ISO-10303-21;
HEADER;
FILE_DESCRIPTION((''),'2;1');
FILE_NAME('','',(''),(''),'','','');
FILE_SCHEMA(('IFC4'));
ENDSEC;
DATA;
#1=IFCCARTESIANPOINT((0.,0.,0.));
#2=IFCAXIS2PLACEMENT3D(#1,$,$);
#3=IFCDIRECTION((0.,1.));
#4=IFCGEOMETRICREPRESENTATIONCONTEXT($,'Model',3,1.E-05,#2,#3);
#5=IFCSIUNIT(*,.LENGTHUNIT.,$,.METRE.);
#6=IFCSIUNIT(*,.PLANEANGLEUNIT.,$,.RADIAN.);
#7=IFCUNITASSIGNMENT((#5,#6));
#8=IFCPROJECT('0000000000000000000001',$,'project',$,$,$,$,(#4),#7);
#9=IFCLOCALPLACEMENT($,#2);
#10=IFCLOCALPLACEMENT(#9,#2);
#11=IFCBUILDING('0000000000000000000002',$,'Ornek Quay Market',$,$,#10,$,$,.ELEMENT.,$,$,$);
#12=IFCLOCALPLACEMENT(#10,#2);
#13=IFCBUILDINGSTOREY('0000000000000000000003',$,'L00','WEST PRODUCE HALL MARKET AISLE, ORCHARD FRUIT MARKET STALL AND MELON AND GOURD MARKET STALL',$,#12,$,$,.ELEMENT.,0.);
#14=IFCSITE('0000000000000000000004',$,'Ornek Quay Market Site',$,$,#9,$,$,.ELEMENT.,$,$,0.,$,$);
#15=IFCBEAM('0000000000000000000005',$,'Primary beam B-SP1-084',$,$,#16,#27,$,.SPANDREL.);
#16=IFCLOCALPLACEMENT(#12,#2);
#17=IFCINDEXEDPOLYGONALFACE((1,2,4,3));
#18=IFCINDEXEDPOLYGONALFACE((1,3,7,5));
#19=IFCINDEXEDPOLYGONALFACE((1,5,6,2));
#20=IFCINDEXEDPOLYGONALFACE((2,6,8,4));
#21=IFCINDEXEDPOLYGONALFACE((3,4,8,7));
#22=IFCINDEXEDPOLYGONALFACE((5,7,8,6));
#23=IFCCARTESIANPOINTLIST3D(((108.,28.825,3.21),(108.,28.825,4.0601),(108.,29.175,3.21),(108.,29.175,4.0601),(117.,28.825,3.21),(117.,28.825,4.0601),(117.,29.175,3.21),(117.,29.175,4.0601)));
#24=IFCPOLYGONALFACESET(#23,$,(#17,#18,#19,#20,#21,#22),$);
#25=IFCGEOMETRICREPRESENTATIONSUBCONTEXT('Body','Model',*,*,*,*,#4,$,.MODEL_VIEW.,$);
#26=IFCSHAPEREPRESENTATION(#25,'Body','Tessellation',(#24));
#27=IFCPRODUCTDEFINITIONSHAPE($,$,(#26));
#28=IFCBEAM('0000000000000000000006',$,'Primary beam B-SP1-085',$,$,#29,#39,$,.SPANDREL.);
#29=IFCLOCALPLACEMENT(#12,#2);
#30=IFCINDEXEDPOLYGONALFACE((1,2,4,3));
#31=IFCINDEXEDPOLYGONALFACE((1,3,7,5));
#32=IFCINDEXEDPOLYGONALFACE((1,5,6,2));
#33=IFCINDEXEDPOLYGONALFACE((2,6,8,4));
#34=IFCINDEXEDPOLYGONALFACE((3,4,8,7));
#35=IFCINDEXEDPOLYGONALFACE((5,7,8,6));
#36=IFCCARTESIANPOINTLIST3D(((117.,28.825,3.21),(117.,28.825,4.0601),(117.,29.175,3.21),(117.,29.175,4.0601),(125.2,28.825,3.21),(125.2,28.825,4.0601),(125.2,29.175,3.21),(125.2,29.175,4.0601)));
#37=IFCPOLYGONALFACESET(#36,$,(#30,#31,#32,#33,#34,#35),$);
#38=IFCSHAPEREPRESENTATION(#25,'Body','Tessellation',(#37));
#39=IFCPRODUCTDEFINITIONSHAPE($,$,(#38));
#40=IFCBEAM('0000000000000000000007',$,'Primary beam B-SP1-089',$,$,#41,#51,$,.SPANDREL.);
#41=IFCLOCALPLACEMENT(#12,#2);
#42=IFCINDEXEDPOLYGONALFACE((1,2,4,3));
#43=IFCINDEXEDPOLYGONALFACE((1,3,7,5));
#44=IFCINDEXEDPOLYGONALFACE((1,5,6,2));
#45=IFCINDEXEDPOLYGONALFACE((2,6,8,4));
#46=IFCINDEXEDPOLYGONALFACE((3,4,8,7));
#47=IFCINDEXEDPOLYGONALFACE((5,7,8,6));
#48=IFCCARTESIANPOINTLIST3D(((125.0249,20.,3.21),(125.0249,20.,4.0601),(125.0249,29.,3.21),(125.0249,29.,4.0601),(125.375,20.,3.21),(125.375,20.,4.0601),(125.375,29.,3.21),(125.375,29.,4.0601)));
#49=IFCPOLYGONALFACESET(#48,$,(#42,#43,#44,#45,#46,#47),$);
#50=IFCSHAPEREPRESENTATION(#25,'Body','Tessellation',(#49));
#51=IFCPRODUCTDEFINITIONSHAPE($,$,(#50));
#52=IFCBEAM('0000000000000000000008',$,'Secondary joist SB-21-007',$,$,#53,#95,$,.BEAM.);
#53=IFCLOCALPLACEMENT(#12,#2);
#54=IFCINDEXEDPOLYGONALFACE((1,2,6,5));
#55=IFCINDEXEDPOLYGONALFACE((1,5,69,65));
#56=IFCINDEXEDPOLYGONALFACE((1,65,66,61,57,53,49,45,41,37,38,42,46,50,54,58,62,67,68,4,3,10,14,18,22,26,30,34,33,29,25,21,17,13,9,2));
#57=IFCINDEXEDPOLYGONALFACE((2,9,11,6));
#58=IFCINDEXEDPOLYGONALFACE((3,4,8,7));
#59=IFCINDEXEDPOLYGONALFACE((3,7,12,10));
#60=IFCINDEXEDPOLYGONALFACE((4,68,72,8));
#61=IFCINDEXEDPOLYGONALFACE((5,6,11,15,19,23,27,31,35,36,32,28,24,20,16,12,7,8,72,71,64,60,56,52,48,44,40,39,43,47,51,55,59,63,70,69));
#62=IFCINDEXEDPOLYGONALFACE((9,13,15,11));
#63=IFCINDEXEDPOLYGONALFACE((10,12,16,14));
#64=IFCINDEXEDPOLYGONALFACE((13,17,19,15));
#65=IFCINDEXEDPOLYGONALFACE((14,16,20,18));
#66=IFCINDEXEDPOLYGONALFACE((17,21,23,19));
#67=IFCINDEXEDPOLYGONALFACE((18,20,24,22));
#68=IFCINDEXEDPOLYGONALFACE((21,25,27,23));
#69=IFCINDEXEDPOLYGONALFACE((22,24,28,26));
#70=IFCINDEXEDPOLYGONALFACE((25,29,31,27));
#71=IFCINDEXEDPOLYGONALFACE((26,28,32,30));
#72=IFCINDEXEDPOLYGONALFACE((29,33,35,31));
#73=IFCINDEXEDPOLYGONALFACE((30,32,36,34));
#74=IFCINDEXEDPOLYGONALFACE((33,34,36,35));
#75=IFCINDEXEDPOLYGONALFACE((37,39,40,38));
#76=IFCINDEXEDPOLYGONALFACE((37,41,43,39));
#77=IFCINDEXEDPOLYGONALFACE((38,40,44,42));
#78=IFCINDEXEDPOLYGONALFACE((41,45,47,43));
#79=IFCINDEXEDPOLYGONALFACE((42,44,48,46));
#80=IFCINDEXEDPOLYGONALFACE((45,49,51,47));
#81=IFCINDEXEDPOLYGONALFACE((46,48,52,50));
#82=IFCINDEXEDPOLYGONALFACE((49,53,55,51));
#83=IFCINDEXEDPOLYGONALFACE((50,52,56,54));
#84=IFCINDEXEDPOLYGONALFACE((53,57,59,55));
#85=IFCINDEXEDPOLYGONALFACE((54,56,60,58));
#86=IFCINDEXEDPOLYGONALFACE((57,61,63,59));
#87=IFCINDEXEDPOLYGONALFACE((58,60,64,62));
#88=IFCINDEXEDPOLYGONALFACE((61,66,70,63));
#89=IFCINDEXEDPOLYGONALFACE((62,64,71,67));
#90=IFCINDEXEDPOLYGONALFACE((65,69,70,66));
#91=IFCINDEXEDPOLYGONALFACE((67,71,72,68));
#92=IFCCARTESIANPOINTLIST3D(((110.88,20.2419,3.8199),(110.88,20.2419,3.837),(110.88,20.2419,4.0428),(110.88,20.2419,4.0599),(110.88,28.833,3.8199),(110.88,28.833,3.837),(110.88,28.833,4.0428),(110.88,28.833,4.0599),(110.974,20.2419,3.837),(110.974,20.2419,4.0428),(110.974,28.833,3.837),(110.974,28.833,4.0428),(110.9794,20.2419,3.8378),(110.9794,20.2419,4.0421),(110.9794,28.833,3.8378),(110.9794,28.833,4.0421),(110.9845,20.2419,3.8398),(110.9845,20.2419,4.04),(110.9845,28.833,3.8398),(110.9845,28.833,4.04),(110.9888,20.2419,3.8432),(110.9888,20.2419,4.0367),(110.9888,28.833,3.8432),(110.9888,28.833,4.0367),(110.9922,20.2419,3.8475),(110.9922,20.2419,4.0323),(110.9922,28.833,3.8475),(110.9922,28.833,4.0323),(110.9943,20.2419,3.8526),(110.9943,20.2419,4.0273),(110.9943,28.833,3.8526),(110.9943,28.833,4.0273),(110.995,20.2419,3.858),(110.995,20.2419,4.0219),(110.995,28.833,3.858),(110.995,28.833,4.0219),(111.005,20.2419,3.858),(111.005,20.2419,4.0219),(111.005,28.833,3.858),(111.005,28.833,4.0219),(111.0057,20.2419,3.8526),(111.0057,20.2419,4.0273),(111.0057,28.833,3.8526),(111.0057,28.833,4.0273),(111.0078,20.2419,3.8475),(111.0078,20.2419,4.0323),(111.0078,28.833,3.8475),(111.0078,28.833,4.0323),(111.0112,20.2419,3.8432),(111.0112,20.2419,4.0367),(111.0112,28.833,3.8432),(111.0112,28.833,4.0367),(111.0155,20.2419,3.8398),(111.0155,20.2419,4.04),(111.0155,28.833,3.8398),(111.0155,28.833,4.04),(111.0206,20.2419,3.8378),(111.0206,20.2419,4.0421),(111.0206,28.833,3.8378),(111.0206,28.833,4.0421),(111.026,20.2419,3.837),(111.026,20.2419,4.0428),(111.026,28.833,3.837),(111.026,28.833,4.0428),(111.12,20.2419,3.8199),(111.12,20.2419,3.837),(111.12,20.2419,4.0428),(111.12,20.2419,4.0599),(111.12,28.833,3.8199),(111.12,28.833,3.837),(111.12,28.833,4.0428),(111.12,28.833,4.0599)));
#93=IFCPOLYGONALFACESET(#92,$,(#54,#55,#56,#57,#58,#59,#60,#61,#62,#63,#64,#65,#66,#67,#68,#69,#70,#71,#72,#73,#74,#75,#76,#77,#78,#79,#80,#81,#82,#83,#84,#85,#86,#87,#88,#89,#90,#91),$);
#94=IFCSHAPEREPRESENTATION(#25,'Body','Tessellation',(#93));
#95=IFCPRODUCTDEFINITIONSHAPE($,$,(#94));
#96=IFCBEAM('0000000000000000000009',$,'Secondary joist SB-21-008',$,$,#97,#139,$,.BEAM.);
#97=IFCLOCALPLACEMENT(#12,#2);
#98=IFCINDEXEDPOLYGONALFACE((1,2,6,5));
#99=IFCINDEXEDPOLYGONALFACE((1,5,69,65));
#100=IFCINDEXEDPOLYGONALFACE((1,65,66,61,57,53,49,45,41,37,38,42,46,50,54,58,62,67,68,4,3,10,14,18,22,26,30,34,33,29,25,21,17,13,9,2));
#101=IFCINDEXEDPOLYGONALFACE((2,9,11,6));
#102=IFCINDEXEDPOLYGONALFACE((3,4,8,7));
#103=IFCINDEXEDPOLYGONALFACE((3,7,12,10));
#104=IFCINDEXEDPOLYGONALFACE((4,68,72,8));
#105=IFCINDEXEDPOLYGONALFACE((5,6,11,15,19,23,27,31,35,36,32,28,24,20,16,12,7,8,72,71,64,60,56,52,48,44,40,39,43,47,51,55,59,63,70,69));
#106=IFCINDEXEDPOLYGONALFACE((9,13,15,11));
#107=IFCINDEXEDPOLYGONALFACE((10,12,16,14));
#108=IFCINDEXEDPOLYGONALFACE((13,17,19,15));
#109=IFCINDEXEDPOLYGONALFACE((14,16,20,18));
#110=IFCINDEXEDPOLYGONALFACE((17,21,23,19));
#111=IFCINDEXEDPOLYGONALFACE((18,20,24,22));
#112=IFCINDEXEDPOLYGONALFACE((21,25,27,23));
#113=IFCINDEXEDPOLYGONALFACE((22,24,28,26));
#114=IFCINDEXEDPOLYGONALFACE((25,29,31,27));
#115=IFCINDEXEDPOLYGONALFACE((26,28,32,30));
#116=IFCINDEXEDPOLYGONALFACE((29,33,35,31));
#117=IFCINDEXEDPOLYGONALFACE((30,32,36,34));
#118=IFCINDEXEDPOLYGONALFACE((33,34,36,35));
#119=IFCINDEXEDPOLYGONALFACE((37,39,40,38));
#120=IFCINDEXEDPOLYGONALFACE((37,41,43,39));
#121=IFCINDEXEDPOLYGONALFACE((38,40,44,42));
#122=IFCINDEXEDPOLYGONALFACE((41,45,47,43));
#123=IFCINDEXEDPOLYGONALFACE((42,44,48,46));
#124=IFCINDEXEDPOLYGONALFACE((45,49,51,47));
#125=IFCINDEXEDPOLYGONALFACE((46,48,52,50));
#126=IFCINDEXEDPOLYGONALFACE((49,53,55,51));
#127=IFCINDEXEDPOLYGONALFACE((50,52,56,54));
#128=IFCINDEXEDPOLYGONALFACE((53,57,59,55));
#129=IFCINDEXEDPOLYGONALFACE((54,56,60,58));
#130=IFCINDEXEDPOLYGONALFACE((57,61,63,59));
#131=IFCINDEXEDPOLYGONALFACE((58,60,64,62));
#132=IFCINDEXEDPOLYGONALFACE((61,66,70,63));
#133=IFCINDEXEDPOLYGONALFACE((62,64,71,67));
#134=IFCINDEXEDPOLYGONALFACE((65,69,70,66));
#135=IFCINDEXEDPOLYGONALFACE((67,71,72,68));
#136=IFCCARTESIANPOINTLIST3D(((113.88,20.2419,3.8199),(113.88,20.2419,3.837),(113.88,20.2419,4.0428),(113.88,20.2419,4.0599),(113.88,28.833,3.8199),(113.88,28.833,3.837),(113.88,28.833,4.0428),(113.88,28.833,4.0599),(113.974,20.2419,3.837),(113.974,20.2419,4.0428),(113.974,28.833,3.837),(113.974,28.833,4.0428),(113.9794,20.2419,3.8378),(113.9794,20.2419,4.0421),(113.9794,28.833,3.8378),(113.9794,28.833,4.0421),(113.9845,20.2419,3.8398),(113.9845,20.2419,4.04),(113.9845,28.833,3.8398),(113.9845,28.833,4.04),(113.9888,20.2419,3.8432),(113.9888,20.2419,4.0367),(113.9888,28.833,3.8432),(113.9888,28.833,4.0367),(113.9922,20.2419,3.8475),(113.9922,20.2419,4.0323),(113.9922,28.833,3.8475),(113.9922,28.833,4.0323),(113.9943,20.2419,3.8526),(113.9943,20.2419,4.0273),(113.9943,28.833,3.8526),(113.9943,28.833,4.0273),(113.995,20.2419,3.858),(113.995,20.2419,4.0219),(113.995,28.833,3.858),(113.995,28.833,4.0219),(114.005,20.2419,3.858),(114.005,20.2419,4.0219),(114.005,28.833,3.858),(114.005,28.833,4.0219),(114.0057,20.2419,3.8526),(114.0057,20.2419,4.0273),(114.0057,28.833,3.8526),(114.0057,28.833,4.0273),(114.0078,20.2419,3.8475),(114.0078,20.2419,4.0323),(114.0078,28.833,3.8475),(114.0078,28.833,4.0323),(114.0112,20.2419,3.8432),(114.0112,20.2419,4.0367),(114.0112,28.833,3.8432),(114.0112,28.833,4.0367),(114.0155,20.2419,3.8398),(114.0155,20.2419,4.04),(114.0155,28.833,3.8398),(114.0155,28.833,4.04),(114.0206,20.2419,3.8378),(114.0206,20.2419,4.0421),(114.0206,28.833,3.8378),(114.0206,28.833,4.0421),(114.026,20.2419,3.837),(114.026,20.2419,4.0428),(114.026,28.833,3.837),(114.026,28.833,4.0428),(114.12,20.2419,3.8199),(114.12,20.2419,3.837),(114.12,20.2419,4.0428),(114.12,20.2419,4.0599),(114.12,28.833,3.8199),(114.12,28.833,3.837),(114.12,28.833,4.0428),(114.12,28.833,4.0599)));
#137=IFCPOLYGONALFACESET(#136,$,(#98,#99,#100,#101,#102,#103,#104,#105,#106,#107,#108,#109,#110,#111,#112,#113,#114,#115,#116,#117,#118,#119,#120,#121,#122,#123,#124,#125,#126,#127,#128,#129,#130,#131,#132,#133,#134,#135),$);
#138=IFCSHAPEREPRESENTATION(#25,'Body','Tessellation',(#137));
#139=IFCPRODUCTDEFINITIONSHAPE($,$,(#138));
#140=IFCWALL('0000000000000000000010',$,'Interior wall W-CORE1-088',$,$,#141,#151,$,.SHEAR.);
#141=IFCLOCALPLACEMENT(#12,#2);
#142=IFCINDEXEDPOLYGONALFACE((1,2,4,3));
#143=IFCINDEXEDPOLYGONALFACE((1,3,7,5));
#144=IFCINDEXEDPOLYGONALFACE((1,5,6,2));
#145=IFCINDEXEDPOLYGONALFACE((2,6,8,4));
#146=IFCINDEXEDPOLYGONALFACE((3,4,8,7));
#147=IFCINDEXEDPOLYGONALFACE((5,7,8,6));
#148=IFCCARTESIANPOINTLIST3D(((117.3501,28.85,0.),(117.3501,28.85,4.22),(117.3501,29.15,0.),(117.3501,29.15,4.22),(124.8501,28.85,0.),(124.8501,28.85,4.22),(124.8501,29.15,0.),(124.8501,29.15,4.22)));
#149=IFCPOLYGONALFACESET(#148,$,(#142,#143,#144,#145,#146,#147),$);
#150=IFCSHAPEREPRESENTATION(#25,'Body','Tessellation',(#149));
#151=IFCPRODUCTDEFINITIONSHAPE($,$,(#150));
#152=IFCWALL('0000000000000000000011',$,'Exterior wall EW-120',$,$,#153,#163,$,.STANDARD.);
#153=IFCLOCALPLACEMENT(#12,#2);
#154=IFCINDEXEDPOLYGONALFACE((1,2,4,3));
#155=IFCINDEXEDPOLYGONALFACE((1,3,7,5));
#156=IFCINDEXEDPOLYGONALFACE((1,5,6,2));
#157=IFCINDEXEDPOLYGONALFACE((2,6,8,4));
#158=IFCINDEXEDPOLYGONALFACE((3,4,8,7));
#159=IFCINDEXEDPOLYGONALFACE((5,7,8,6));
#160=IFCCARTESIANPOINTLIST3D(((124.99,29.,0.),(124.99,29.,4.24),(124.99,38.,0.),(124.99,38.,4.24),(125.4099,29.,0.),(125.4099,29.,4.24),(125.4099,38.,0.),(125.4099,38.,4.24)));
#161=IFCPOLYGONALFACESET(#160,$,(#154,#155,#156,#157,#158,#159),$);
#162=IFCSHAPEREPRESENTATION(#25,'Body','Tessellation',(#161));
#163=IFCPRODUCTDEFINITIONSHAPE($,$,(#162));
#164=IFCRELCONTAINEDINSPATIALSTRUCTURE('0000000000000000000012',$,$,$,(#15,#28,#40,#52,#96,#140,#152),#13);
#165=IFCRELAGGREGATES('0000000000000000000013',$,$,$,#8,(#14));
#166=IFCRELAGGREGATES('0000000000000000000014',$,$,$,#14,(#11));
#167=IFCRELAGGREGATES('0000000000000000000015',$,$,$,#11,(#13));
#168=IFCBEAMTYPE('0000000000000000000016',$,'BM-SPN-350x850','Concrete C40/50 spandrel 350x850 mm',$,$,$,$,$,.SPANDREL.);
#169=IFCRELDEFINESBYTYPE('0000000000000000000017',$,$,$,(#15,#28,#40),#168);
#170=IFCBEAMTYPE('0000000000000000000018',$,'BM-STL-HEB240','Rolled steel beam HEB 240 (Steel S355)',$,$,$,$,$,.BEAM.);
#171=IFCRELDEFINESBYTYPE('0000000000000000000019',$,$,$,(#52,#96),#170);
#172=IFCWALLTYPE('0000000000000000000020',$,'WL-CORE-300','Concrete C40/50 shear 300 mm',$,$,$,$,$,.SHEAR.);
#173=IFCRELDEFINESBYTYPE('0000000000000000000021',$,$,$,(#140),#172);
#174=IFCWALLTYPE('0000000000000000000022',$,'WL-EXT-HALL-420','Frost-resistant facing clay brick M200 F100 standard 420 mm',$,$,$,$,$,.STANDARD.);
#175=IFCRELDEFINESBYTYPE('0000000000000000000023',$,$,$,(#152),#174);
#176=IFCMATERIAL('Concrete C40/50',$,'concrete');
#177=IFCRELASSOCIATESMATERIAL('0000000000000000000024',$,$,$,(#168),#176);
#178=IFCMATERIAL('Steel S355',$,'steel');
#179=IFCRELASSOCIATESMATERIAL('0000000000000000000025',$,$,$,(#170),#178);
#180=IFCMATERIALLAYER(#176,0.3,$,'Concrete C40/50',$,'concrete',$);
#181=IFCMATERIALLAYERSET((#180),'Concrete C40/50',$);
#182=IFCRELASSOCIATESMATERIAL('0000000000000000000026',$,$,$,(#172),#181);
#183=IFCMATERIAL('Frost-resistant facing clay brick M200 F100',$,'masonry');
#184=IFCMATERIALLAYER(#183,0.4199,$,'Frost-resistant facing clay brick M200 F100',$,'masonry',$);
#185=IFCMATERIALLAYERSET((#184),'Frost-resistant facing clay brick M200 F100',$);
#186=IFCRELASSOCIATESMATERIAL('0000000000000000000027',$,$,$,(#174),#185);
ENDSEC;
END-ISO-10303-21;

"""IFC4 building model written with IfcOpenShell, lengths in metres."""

from ifc_helpers import new_model, si_unit, direction, frame, frame_2d, origin, origin_2d, place, context, subcontext, project, spatial, rectangle, i_section, extrude, material, layer, layer_set, material_profile, profile_set, type_object, element, save


model = new_model("IFC4")

# Units and contexts
model_context = context("Model", 3, precision=1e-05, world=origin(), true_north=direction((0.0, 1.0)))
body_context = subcontext(model_context, "Body", "Model", "MODEL_VIEW")
ifc_project = project(units=[si_unit("LENGTHUNIT", "METRE"), si_unit("PLANEANGLEUNIT", "RADIAN")], contexts=[model_context])

# Site, building, storey
site_placement = place(None, origin())
site = spatial("IfcSite", under=ifc_project, at=site_placement, Name="Ornek Quay Market Site", CompositionType="ELEMENT", RefElevation=0.0)
building_placement = place(site_placement, origin())
building = spatial("IfcBuilding", under=site, at=building_placement, Name="Ornek Quay Market", CompositionType="ELEMENT")
storey_placement = place(building_placement, origin())
storey = spatial("IfcBuildingStorey", under=building, at=storey_placement, Name="L00", Description="WEST PRODUCE HALL MARKET AISLE, ORCHARD FRUIT MARKET STALL AND MELON AND GOURD MARKET STALL", CompositionType="ELEMENT", Elevation=0.0)

# Shared definitions
ifc_material_1 = material(Name="Concrete C40/50", Category="concrete")

# Beams
ifc_material_2 = material(Name="Steel S355", Category="steel")
ifc_material_profile_1 = material_profile(ifc_material_1, rectangle(XDim=0.3501, YDim=0.8501, at=origin_2d()), Name="RC 350x850", Category="concrete")
ifc_profile_set_1 = profile_set([ifc_material_profile_1], Name="Concrete C40/50")
beam_type_1 = type_object("IfcBeamType", Name="BM-SPN-350x850", Description="Concrete C40/50 spandrel 350x850 mm", PredefinedType="SPANDREL", material=ifc_profile_set_1)
beam_1_placement = place(storey_placement, frame((108.0, 29.0, 3.635), z_axis=(1.0, 0.0, 0.0), x_axis=(0.0, 1.0, 0.0)))
element("IfcBeam", 1, at=beam_1_placement, inside=storey, type_object=beam_type_1, Name="Primary beam B-SP1-084", PredefinedType="SPANDREL", context=body_context, shape_type="SweptSolid", body=[
    extrude(rectangle(XDim=0.3501, YDim=0.8501, at=origin_2d()), origin(), (0.0, 0.0, 1.0), 9.0),
])
beam_2_placement = place(storey_placement, frame((117.0, 29.0, 3.635), z_axis=(1.0, 0.0, 0.0), x_axis=(0.0, 1.0, 0.0)))
element("IfcBeam", 2, at=beam_2_placement, inside=storey, type_object=beam_type_1, Name="Primary beam B-SP1-085", PredefinedType="SPANDREL", context=body_context, shape_type="SweptSolid", body=[
    extrude(rectangle(XDim=0.3501, YDim=0.8501, at=origin_2d()), origin(), (0.0, 0.0, 1.0), 8.2),
])
beam_3_placement = place(storey_placement, frame((125.2, 20.0, 3.635), z_axis=(0.0, 1.0, 0.0), x_axis=(-1.0, 0.0, 0.0)))
element("IfcBeam", 3, at=beam_3_placement, inside=storey, type_object=beam_type_1, Name="Primary beam B-SP1-089", PredefinedType="SPANDREL", context=body_context, shape_type="SweptSolid", body=[
    extrude(rectangle(XDim=0.3501, YDim=0.8501, at=origin_2d()), origin(), (0.0, 0.0, 1.0), 9.0),
])
ifc_material_profile_2 = material_profile(ifc_material_2, i_section(OverallWidth=0.24, OverallDepth=0.24, WebThickness=0.01, FlangeThickness=0.0171, FilletRadius=0.021, at=origin_2d()), Name="HEB 240", Category="steel")
ifc_profile_set_2 = profile_set([ifc_material_profile_2], Name="Steel S355")
beam_type_2 = type_object("IfcBeamType", Name="BM-STL-HEB240", Description="Rolled steel beam HEB 240 (Steel S355)", PredefinedType="BEAM", material=ifc_profile_set_2)
for number, where, z_axis, x_axis, name in (
    (4, (111.0, 20.2419, 3.9399), (0.0, 1.0, 0.0), (-1.0, 0.0, 0.0), "Secondary joist SB-21-007"),
    (5, (114.0, 20.2419, 3.9399), (0.0, 1.0, 0.0), (-1.0, 0.0, 0.0), "Secondary joist SB-21-008"),
):
    element("IfcBeam", number, at=place(storey_placement, frame(where, z_axis=z_axis, x_axis=x_axis)), inside=storey, type_object=beam_type_2, Name=name, PredefinedType="BEAM", context=body_context, shape_type="SweptSolid", body=[
        extrude(i_section(OverallWidth=0.24, OverallDepth=0.24, WebThickness=0.01, FlangeThickness=0.0171, FilletRadius=0.021, at=origin_2d()), origin(), (0.0, 0.0, 1.0), 8.5911),
    ])

# Walls
ifc_layer_1 = layer(ifc_material_1, 0.3, Name="Concrete C40/50", Category="concrete")
ifc_layer_set_1 = layer_set([ifc_layer_1], Name="Concrete C40/50")
wall_type_1 = type_object("IfcWallType", Name="WL-CORE-300", Description="Concrete C40/50 shear 300 mm", PredefinedType="SHEAR", material=ifc_layer_set_1)
wall_1_placement = place(storey_placement, frame((117.3501, 29.0, 0.0), z_axis=(0.0, 0.0, 1.0), x_axis=(1.0, 0.0, 0.0)))
element("IfcWall", 6, at=wall_1_placement, inside=storey, type_object=wall_type_1, Name="Interior wall W-CORE1-088", PredefinedType="SHEAR", context=body_context, shape_type="SweptSolid", body=[
    extrude(rectangle(XDim=7.5, YDim=0.3, at=frame_2d((3.75, 0.0))), origin(), (0.0, 0.0, 1.0), 4.22),
])
ifc_material_3 = material(Name="Frost-resistant facing clay brick M200 F100", Category="masonry")
ifc_layer_2 = layer(ifc_material_3, 0.4199, Name="Frost-resistant facing clay brick M200 F100", Category="masonry")
ifc_layer_set_2 = layer_set([ifc_layer_2], Name="Frost-resistant facing clay brick M200 F100")
wall_type_2 = type_object("IfcWallType", Name="WL-EXT-HALL-420", Description="Frost-resistant facing clay brick M200 F100 standard 420 mm", PredefinedType="STANDARD", material=ifc_layer_set_2)
wall_2_placement = place(storey_placement, frame((125.2, 29.0, 0.0), z_axis=(0.0, 0.0, 1.0), x_axis=(0.0, 1.0, 0.0)))
element("IfcWall", 7, at=wall_2_placement, inside=storey, type_object=wall_type_2, Name="Exterior wall EW-120", PredefinedType="STANDARD", context=body_context, shape_type="SweptSolid", body=[
    extrude(rectangle(XDim=9.0, YDim=0.4199, at=frame_2d((4.5, 0.0))), origin(), (0.0, 0.0, 1.0), 4.24),
])

save(model, "model.ifc")
